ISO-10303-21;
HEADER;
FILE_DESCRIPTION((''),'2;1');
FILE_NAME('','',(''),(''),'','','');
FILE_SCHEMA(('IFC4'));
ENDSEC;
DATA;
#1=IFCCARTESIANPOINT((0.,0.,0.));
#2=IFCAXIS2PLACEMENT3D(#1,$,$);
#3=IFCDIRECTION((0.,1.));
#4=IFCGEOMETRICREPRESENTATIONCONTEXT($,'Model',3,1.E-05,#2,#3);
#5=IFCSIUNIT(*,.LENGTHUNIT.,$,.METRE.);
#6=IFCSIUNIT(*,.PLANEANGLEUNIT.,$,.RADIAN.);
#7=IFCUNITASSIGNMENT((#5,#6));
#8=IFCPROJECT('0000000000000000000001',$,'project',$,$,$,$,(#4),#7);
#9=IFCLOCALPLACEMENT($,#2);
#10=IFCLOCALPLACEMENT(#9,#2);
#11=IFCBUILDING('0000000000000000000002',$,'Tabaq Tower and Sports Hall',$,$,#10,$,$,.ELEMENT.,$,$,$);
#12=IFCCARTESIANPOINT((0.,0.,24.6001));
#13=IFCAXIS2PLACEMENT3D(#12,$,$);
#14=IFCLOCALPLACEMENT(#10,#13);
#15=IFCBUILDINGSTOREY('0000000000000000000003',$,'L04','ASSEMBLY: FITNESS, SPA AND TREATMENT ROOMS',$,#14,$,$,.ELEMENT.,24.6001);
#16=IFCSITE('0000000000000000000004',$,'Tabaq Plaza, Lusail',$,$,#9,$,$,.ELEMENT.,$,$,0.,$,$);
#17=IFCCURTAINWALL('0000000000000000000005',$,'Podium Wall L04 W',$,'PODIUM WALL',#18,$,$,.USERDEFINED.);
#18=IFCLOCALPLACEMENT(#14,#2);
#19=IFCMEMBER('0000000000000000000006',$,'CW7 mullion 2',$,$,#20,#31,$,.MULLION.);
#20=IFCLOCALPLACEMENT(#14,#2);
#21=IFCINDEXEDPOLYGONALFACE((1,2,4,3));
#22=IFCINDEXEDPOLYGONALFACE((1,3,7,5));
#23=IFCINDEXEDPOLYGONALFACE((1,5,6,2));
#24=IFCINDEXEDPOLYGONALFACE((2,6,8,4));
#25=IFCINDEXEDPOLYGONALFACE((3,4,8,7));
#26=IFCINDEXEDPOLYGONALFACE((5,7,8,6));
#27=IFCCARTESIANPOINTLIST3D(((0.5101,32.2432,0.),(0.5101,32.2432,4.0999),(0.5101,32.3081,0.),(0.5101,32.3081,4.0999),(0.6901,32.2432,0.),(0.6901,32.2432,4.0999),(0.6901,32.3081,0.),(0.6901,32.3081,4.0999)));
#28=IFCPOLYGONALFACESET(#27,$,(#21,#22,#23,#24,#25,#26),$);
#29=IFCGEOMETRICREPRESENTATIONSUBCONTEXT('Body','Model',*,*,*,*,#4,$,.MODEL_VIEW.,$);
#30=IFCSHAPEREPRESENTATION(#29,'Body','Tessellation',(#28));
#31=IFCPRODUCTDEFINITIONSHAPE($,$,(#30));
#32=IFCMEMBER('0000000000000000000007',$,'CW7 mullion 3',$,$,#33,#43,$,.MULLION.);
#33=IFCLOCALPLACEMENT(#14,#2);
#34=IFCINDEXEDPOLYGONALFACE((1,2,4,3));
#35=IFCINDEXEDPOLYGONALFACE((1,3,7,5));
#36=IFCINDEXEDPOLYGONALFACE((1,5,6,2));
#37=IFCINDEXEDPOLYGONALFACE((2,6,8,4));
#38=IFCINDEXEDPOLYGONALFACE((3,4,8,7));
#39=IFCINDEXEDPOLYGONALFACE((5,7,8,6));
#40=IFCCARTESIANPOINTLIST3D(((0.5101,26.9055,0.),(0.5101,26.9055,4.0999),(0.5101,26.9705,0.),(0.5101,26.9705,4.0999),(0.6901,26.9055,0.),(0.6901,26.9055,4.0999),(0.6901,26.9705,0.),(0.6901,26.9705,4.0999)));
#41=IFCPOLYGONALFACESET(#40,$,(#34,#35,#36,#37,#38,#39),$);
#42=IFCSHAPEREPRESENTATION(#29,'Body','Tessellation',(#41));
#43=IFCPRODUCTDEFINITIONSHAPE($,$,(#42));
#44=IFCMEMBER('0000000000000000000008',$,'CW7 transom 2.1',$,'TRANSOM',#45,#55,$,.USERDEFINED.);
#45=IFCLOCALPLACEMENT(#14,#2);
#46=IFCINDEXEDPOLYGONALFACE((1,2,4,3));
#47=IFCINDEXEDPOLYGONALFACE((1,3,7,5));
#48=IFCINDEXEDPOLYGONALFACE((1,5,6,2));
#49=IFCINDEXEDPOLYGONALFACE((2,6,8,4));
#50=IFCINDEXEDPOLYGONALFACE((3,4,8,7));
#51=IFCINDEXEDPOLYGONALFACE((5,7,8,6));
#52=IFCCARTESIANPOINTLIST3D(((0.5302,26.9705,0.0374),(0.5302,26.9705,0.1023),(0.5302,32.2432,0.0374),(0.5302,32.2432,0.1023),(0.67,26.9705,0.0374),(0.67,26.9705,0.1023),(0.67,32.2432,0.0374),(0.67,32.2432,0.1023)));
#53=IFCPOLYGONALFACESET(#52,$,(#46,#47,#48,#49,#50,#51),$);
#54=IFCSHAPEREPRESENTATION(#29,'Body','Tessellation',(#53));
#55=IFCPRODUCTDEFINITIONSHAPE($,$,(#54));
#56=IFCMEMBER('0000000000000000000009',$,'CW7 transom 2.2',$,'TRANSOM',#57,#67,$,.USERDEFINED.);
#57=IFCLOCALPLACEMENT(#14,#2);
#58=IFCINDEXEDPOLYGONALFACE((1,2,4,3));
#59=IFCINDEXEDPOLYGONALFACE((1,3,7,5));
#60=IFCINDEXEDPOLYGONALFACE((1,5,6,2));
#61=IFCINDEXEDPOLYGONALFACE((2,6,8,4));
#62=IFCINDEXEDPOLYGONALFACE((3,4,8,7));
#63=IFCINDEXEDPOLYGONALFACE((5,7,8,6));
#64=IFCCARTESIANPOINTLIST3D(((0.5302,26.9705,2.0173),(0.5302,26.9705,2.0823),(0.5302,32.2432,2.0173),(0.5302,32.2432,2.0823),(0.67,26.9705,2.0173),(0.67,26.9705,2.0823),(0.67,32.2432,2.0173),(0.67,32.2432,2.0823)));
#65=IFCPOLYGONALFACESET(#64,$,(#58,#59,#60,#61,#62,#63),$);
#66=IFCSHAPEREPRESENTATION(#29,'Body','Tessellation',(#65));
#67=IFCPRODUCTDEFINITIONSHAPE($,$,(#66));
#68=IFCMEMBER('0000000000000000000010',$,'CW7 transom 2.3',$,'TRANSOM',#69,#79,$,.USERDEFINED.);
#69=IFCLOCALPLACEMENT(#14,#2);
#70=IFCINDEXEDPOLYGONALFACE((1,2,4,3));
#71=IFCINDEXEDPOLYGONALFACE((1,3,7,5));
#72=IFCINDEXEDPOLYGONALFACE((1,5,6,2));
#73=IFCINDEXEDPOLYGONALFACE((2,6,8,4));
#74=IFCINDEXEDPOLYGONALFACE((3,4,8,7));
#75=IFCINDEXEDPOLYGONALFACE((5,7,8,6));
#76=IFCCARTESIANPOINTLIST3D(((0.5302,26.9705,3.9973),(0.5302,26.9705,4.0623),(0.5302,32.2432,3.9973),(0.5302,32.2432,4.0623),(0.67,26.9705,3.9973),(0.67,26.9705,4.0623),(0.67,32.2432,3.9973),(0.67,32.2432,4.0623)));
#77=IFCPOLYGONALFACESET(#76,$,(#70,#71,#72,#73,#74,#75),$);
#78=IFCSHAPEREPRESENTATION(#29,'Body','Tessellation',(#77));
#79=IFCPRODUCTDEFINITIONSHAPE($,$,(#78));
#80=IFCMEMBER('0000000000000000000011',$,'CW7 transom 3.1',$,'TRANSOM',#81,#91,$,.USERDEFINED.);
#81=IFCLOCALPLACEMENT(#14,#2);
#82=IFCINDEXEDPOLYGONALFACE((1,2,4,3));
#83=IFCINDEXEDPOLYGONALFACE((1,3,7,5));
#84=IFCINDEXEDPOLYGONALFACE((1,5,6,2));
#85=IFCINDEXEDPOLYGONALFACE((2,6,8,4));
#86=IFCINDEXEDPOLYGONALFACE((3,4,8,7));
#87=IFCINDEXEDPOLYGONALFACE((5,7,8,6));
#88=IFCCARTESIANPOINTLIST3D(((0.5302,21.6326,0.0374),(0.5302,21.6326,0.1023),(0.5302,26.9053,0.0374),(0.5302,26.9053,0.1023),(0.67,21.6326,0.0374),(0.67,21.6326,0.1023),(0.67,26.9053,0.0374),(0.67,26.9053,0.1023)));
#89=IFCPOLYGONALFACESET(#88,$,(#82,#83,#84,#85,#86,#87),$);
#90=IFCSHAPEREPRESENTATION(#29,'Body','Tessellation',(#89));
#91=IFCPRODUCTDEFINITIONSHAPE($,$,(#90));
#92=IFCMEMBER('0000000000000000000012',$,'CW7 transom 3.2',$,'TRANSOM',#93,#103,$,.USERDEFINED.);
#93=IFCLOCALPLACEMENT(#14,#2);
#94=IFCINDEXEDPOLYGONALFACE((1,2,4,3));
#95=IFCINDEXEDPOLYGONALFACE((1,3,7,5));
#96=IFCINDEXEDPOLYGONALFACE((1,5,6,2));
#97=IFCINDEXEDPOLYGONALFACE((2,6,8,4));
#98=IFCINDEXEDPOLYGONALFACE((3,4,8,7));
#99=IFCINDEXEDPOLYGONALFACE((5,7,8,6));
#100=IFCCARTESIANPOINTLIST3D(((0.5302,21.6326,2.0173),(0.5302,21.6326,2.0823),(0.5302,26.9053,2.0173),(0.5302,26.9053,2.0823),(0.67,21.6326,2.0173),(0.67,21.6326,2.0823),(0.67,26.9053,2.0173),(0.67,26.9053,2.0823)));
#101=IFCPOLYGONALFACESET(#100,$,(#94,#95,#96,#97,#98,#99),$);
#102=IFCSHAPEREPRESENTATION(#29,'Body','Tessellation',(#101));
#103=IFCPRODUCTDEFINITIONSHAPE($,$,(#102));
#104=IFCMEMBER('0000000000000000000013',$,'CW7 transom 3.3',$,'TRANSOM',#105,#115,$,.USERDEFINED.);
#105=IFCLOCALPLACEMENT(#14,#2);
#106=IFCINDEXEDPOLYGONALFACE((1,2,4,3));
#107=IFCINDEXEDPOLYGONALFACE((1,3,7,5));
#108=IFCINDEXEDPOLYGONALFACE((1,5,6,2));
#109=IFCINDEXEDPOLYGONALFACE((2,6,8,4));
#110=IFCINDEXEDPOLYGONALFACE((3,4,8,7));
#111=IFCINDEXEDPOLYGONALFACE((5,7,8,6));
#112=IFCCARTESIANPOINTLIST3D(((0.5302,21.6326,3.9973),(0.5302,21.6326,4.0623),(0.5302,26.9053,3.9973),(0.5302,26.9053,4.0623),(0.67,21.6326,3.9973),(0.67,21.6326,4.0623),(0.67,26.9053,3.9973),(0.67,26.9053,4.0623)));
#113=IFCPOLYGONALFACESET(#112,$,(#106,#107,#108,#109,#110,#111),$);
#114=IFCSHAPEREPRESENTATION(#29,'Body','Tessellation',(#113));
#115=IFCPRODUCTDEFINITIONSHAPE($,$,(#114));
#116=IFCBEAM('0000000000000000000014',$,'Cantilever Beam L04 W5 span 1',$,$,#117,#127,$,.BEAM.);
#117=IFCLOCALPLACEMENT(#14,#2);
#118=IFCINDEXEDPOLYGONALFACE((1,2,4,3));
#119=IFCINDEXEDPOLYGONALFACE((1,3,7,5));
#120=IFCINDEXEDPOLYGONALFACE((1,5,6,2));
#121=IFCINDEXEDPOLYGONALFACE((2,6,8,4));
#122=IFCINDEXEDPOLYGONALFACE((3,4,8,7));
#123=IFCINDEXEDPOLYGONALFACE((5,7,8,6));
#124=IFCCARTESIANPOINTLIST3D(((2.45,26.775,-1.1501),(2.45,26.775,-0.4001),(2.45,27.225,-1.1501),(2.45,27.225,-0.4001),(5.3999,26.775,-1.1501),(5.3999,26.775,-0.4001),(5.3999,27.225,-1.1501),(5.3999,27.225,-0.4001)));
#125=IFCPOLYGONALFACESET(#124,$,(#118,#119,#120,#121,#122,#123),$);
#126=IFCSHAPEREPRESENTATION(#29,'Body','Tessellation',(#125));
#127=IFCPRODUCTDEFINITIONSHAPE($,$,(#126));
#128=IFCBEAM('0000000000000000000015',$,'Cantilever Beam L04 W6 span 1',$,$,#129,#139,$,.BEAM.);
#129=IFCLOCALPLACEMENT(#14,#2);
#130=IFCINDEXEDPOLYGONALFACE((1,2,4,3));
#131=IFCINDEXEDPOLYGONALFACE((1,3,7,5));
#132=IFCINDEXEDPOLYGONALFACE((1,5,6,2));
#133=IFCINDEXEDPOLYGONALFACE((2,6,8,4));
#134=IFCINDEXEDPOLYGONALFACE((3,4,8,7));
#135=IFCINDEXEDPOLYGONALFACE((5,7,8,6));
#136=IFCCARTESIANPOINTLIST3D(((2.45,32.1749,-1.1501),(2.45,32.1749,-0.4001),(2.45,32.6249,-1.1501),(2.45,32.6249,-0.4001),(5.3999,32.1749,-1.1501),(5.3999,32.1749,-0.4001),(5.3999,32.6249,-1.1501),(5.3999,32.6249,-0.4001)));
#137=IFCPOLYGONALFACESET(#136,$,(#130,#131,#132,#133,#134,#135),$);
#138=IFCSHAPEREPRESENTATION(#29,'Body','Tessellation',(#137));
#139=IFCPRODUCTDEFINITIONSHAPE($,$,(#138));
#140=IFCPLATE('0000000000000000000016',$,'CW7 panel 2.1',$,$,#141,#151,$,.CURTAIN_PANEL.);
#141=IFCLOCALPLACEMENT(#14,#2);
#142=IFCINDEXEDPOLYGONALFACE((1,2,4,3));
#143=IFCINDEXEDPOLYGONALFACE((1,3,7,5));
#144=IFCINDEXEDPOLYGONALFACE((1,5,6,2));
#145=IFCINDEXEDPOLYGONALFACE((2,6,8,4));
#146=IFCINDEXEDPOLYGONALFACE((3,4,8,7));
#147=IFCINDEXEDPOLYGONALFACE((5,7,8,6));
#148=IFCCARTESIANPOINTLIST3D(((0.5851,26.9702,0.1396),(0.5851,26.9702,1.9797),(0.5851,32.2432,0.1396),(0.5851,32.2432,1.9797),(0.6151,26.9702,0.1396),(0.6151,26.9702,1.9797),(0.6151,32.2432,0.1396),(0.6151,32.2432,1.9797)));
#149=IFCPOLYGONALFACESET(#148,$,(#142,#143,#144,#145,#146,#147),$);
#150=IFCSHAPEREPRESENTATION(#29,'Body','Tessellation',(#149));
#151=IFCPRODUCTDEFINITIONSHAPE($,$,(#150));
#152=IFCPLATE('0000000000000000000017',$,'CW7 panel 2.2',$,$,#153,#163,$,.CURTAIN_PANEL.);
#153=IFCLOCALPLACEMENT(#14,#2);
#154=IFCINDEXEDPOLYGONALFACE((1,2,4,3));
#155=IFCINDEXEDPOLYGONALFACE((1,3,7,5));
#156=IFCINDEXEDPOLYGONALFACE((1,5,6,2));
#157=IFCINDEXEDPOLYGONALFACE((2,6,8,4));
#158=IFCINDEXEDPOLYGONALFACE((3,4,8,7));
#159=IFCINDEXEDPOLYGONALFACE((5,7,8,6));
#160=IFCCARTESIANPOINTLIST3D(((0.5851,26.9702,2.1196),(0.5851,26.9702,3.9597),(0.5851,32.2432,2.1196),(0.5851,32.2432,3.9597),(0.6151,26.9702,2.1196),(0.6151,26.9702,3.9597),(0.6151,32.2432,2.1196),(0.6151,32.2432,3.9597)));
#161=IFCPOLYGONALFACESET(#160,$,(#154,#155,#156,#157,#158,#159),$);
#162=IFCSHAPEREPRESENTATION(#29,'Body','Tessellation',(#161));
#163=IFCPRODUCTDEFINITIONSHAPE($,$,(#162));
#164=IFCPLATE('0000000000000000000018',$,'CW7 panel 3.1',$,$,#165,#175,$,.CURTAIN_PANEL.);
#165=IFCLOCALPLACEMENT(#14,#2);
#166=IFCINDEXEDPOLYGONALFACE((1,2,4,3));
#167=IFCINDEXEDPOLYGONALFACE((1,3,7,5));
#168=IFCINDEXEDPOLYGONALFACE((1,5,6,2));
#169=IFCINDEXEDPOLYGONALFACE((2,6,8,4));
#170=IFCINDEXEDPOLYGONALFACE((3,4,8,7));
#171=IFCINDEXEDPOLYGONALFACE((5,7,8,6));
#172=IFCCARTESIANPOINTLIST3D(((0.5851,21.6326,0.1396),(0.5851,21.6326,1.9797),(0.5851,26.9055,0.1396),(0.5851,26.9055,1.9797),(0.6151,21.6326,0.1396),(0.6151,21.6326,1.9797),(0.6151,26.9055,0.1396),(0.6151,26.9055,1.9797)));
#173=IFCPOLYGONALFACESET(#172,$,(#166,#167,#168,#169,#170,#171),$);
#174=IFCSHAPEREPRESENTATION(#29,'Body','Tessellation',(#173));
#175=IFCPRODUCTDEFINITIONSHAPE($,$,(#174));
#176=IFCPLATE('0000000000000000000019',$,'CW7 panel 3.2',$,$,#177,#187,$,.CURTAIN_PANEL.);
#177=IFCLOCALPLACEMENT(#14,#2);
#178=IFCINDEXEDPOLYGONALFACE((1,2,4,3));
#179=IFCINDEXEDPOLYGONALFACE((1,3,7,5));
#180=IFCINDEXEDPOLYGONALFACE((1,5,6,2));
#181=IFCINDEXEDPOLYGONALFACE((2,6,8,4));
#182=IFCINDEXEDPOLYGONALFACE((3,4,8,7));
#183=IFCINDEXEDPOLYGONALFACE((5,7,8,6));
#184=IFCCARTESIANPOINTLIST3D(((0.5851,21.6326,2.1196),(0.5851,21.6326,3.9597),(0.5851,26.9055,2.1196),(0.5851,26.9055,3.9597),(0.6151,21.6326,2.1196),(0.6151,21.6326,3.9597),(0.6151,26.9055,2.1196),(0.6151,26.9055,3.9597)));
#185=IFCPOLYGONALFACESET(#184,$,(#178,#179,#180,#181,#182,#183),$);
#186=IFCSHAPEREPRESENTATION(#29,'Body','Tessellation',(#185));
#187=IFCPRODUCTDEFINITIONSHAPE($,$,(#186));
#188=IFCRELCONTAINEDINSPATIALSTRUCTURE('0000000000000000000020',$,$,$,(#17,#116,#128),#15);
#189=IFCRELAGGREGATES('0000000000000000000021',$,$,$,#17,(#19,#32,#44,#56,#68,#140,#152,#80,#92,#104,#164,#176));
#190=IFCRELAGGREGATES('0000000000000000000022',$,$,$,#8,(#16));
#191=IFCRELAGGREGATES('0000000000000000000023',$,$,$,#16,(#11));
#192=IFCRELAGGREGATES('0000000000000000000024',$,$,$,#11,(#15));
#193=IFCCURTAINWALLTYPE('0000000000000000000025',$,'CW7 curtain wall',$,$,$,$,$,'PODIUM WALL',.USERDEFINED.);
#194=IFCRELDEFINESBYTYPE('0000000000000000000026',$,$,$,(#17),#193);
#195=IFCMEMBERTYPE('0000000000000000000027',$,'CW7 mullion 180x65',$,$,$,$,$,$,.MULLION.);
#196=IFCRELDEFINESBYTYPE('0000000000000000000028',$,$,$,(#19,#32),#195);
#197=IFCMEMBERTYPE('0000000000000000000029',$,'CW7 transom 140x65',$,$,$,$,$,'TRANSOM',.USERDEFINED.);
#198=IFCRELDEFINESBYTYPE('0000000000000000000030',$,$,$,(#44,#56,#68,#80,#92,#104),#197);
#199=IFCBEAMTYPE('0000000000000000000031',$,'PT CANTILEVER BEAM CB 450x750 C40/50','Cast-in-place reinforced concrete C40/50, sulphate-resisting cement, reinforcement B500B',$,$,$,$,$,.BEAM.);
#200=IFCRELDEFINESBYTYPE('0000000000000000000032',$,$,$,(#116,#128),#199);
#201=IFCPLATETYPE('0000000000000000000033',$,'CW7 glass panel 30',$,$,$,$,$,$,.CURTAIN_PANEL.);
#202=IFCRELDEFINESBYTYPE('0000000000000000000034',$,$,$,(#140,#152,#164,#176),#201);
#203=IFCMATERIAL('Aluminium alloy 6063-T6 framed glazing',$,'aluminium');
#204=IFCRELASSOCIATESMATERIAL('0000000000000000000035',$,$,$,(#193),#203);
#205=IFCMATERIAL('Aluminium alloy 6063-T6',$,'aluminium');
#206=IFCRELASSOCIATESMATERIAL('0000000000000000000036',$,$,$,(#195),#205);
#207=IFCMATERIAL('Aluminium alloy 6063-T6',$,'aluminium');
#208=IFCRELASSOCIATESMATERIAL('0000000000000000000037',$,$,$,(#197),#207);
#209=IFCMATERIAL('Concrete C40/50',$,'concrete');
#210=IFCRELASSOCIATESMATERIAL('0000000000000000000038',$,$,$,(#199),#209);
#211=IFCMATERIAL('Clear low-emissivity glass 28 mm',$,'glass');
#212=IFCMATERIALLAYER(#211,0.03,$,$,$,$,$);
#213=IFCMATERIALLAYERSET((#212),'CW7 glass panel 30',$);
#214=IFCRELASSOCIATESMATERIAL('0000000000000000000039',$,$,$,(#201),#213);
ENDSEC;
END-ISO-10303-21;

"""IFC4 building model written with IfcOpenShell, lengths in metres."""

from ifc_helpers import new_model, si_unit, direction, frame, origin, origin_2d, place, context, subcontext, project, spatial, rectangle, extrude, material, layer, layer_set, material_profile, profile_set, type_object, element, aggregate, save


model = new_model("IFC4")

# Units and contexts
model_context = context("Model", 3, precision=1e-05, world=origin(), true_north=direction((0.0, 1.0)))
body_context = subcontext(model_context, "Body", "Model", "MODEL_VIEW")
ifc_project = project(units=[si_unit("LENGTHUNIT", "METRE"), si_unit("PLANEANGLEUNIT", "RADIAN")], contexts=[model_context])

# Site, building, storey
site_placement = place(None, origin())
site = spatial("IfcSite", under=ifc_project, at=site_placement, Name="Tabaq Plaza, Lusail", CompositionType="ELEMENT", RefElevation=0.0)
building_placement = place(site_placement, origin())
building = spatial("IfcBuilding", under=site, at=building_placement, Name="Tabaq Tower and Sports Hall", CompositionType="ELEMENT")
storey_placement = place(building_placement, frame((0.0, 0.0, 24.6001)))
storey = spatial("IfcBuildingStorey", under=building, at=storey_placement, Name="L04", Description="ASSEMBLY: FITNESS, SPA AND TREATMENT ROOMS", CompositionType="ELEMENT", Elevation=24.6001)

# Curtain wall, members
ifc_material_1 = material(Name="Aluminium alloy 6063-T6 framed glazing", Category="aluminium")
curtain_wall_type = type_object("IfcCurtainWallType", Name="CW7 curtain wall", ElementType="PODIUM WALL", PredefinedType="USERDEFINED", material=ifc_material_1)
curtain_wall_placement = place(storey_placement, origin())
curtain_wall = element("IfcCurtainWall", 1, at=curtain_wall_placement, inside=storey, type_object=curtain_wall_type, Name="Podium Wall L04 W", ObjectType="PODIUM WALL", PredefinedType="USERDEFINED")
ifc_material_2 = material(Name="Aluminium alloy 6063-T6", Category="aluminium")
ifc_material_profile_1 = material_profile(ifc_material_2, rectangle(XDim=0.1799, YDim=0.0649, at=origin_2d()), Name="MULLION 180x65")
ifc_profile_set_1 = profile_set([ifc_material_profile_1], Name="Aluminium alloy 6063-T6")
member_type_1 = type_object("IfcMemberType", Name="CW7 mullion 180x65", PredefinedType="MULLION", material=ifc_profile_set_1)
member_1_placement = place(storey_placement, frame((0.6001, 32.2756, 0.0), z_axis=(0.0, 0.0, 1.0), x_axis=(1.0, 0.0, 0.0)))
member_1 = element("IfcMember", 2, at=member_1_placement, type_object=member_type_1, Name="CW7 mullion 2", PredefinedType="MULLION", context=body_context, shape_type="SweptSolid", body=[
    extrude(rectangle(XDim=0.1799, YDim=0.0649, at=origin_2d()), origin(), (0.0, 0.0, 1.0), 4.0999),
])
member_2_placement = place(storey_placement, frame((0.6001, 26.938, 0.0), z_axis=(0.0, 0.0, 1.0), x_axis=(1.0, 0.0, 0.0)))
member_2 = element("IfcMember", 3, at=member_2_placement, type_object=member_type_1, Name="CW7 mullion 3", PredefinedType="MULLION", context=body_context, shape_type="SweptSolid", body=[
    extrude(rectangle(XDim=0.1799, YDim=0.0649, at=origin_2d()), origin(), (0.0, 0.0, 1.0), 4.0999),
])
ifc_material_3 = material(Name="Aluminium alloy 6063-T6", Category="aluminium")
ifc_material_profile_2 = material_profile(ifc_material_3, rectangle(XDim=0.1399, YDim=0.0649, at=origin_2d()), Name="TRANSOM 140x65")
ifc_profile_set_2 = profile_set([ifc_material_profile_2], Name="Aluminium alloy 6063-T6")
member_type_2 = type_object("IfcMemberType", Name="CW7 transom 140x65", ElementType="TRANSOM", PredefinedType="USERDEFINED", material=ifc_profile_set_2)
member_3_placement = place(storey_placement, frame((0.6001, 32.2432, 0.0698), z_axis=(0.0, -1.0, 0.0), x_axis=(1.0, 0.0, 0.0)))
member_3 = element("IfcMember", 4, at=member_3_placement, type_object=member_type_2, Name="CW7 transom 2.1", ObjectType="TRANSOM", PredefinedType="USERDEFINED", context=body_context, shape_type="SweptSolid", body=[
    extrude(rectangle(XDim=0.1399, YDim=0.0649, at=origin_2d()), origin(), (0.0, 0.0, 1.0), 5.2727),
])
member_4_placement = place(storey_placement, frame((0.6001, 32.2432, 2.0498), z_axis=(0.0, -1.0, 0.0), x_axis=(1.0, 0.0, 0.0)))
member_4 = element("IfcMember", 5, at=member_4_placement, type_object=member_type_2, Name="CW7 transom 2.2", ObjectType="TRANSOM", PredefinedType="USERDEFINED", context=body_context, shape_type="SweptSolid", body=[
    extrude(rectangle(XDim=0.1399, YDim=0.0649, at=origin_2d()), origin(), (0.0, 0.0, 1.0), 5.2727),
])
member_5_placement = place(storey_placement, frame((0.6001, 32.2432, 4.0298), z_axis=(0.0, -1.0, 0.0), x_axis=(1.0, 0.0, 0.0)))
member_5 = element("IfcMember", 6, at=member_5_placement, type_object=member_type_2, Name="CW7 transom 2.3", ObjectType="TRANSOM", PredefinedType="USERDEFINED", context=body_context, shape_type="SweptSolid", body=[
    extrude(rectangle(XDim=0.1399, YDim=0.0649, at=origin_2d()), origin(), (0.0, 0.0, 1.0), 5.2727),
])
member_6_placement = place(storey_placement, frame((0.6001, 26.9053, 0.0698), z_axis=(0.0, -1.0, 0.0), x_axis=(1.0, 0.0, 0.0)))
member_6 = element("IfcMember", 7, at=member_6_placement, type_object=member_type_2, Name="CW7 transom 3.1", ObjectType="TRANSOM", PredefinedType="USERDEFINED", context=body_context, shape_type="SweptSolid", body=[
    extrude(rectangle(XDim=0.1399, YDim=0.0649, at=origin_2d()), origin(), (0.0, 0.0, 1.0), 5.2727),
])
member_7_placement = place(storey_placement, frame((0.6001, 26.9053, 2.0498), z_axis=(0.0, -1.0, 0.0), x_axis=(1.0, 0.0, 0.0)))
member_7 = element("IfcMember", 8, at=member_7_placement, type_object=member_type_2, Name="CW7 transom 3.2", ObjectType="TRANSOM", PredefinedType="USERDEFINED", context=body_context, shape_type="SweptSolid", body=[
    extrude(rectangle(XDim=0.1399, YDim=0.0649, at=origin_2d()), origin(), (0.0, 0.0, 1.0), 5.2727),
])
member_8_placement = place(storey_placement, frame((0.6001, 26.9053, 4.0298), z_axis=(0.0, -1.0, 0.0), x_axis=(1.0, 0.0, 0.0)))
member_8 = element("IfcMember", 9, at=member_8_placement, type_object=member_type_2, Name="CW7 transom 3.3", ObjectType="TRANSOM", PredefinedType="USERDEFINED", context=body_context, shape_type="SweptSolid", body=[
    extrude(rectangle(XDim=0.1399, YDim=0.0649, at=origin_2d()), origin(), (0.0, 0.0, 1.0), 5.2727),
])

# Beams
ifc_material_4 = material(Name="Concrete C40/50", Category="concrete")
ifc_material_profile_3 = material_profile(ifc_material_4, rectangle(XDim=0.45, YDim=0.75, at=origin_2d()), Name="CB 450x750")
ifc_profile_set_3 = profile_set([ifc_material_profile_3], Name="Concrete C40/50")
beam_type = type_object("IfcBeamType", Name="PT CANTILEVER BEAM CB 450x750 C40/50", Description="Cast-in-place reinforced concrete C40/50, sulphate-resisting cement, reinforcement B500B", PredefinedType="BEAM", material=ifc_profile_set_3)
for number, where, z_axis, x_axis, name in (
    (10, (2.45, 27.0, -0.7751), (1.0, 0.0, 0.0), (0.0, 1.0, 0.0), "Cantilever Beam L04 W5 span 1"),
    (11, (2.45, 32.3999, -0.7751), (1.0, 0.0, 0.0), (0.0, 1.0, 0.0), "Cantilever Beam L04 W6 span 1"),
):
    element("IfcBeam", number, at=place(storey_placement, frame(where, z_axis=z_axis, x_axis=x_axis)), inside=storey, type_object=beam_type, Name=name, PredefinedType="BEAM", context=body_context, shape_type="SweptSolid", body=[
        extrude(rectangle(XDim=0.45, YDim=0.75, at=origin_2d()), origin(), (0.0, 0.0, 1.0), 2.95),
    ])

# Plates
ifc_material_5 = material(Name="Clear low-emissivity glass 28 mm", Category="glass")
ifc_layer_1 = layer(ifc_material_5, 0.03)
ifc_layer_set_1 = layer_set([ifc_layer_1], Name="CW7 glass panel 30")
plate_type = type_object("IfcPlateType", Name="CW7 glass panel 30", PredefinedType="CURTAIN_PANEL", material=ifc_layer_set_1)
plate_1_placement = place(storey_placement, frame((0.6001, 29.6067, 0.1396), z_axis=(0.0, 0.0, 1.0), x_axis=(0.0, -1.0, 0.0)))
plate_1 = element("IfcPlate", 12, at=plate_1_placement, type_object=plate_type, Name="CW7 panel 2.1", PredefinedType="CURTAIN_PANEL", context=body_context, shape_type="SweptSolid", body=[
    extrude(rectangle(XDim=5.2729, YDim=0.03, at=origin_2d()), origin(), (0.0, 0.0, 1.0), 1.8401),
])
plate_2_placement = place(storey_placement, frame((0.6001, 29.6067, 2.1196), z_axis=(0.0, 0.0, 1.0), x_axis=(0.0, -1.0, 0.0)))
plate_2 = element("IfcPlate", 13, at=plate_2_placement, type_object=plate_type, Name="CW7 panel 2.2", PredefinedType="CURTAIN_PANEL", context=body_context, shape_type="SweptSolid", body=[
    extrude(rectangle(XDim=5.2729, YDim=0.03, at=origin_2d()), origin(), (0.0, 0.0, 1.0), 1.8401),
])
plate_3_placement = place(storey_placement, frame((0.6001, 24.269, 0.1396), z_axis=(0.0, 0.0, 1.0), x_axis=(0.0, -1.0, 0.0)))
plate_3 = element("IfcPlate", 14, at=plate_3_placement, type_object=plate_type, Name="CW7 panel 3.1", PredefinedType="CURTAIN_PANEL", context=body_context, shape_type="SweptSolid", body=[
    extrude(rectangle(XDim=5.2729, YDim=0.03, at=origin_2d()), origin(), (0.0, 0.0, 1.0), 1.8401),
])
plate_4_placement = place(storey_placement, frame((0.6001, 24.269, 2.1196), z_axis=(0.0, 0.0, 1.0), x_axis=(0.0, -1.0, 0.0)))
plate_4 = element("IfcPlate", 15, at=plate_4_placement, type_object=plate_type, Name="CW7 panel 3.2", PredefinedType="CURTAIN_PANEL", context=body_context, shape_type="SweptSolid", body=[
    extrude(rectangle(XDim=5.2729, YDim=0.03, at=origin_2d()), origin(), (0.0, 0.0, 1.0), 1.8401),
])
aggregate(curtain_wall, [member_1, member_2, member_3, member_4, member_5, plate_1, plate_2, member_6, member_7, member_8, plate_3, plate_4])

save(model, "model.ifc")
